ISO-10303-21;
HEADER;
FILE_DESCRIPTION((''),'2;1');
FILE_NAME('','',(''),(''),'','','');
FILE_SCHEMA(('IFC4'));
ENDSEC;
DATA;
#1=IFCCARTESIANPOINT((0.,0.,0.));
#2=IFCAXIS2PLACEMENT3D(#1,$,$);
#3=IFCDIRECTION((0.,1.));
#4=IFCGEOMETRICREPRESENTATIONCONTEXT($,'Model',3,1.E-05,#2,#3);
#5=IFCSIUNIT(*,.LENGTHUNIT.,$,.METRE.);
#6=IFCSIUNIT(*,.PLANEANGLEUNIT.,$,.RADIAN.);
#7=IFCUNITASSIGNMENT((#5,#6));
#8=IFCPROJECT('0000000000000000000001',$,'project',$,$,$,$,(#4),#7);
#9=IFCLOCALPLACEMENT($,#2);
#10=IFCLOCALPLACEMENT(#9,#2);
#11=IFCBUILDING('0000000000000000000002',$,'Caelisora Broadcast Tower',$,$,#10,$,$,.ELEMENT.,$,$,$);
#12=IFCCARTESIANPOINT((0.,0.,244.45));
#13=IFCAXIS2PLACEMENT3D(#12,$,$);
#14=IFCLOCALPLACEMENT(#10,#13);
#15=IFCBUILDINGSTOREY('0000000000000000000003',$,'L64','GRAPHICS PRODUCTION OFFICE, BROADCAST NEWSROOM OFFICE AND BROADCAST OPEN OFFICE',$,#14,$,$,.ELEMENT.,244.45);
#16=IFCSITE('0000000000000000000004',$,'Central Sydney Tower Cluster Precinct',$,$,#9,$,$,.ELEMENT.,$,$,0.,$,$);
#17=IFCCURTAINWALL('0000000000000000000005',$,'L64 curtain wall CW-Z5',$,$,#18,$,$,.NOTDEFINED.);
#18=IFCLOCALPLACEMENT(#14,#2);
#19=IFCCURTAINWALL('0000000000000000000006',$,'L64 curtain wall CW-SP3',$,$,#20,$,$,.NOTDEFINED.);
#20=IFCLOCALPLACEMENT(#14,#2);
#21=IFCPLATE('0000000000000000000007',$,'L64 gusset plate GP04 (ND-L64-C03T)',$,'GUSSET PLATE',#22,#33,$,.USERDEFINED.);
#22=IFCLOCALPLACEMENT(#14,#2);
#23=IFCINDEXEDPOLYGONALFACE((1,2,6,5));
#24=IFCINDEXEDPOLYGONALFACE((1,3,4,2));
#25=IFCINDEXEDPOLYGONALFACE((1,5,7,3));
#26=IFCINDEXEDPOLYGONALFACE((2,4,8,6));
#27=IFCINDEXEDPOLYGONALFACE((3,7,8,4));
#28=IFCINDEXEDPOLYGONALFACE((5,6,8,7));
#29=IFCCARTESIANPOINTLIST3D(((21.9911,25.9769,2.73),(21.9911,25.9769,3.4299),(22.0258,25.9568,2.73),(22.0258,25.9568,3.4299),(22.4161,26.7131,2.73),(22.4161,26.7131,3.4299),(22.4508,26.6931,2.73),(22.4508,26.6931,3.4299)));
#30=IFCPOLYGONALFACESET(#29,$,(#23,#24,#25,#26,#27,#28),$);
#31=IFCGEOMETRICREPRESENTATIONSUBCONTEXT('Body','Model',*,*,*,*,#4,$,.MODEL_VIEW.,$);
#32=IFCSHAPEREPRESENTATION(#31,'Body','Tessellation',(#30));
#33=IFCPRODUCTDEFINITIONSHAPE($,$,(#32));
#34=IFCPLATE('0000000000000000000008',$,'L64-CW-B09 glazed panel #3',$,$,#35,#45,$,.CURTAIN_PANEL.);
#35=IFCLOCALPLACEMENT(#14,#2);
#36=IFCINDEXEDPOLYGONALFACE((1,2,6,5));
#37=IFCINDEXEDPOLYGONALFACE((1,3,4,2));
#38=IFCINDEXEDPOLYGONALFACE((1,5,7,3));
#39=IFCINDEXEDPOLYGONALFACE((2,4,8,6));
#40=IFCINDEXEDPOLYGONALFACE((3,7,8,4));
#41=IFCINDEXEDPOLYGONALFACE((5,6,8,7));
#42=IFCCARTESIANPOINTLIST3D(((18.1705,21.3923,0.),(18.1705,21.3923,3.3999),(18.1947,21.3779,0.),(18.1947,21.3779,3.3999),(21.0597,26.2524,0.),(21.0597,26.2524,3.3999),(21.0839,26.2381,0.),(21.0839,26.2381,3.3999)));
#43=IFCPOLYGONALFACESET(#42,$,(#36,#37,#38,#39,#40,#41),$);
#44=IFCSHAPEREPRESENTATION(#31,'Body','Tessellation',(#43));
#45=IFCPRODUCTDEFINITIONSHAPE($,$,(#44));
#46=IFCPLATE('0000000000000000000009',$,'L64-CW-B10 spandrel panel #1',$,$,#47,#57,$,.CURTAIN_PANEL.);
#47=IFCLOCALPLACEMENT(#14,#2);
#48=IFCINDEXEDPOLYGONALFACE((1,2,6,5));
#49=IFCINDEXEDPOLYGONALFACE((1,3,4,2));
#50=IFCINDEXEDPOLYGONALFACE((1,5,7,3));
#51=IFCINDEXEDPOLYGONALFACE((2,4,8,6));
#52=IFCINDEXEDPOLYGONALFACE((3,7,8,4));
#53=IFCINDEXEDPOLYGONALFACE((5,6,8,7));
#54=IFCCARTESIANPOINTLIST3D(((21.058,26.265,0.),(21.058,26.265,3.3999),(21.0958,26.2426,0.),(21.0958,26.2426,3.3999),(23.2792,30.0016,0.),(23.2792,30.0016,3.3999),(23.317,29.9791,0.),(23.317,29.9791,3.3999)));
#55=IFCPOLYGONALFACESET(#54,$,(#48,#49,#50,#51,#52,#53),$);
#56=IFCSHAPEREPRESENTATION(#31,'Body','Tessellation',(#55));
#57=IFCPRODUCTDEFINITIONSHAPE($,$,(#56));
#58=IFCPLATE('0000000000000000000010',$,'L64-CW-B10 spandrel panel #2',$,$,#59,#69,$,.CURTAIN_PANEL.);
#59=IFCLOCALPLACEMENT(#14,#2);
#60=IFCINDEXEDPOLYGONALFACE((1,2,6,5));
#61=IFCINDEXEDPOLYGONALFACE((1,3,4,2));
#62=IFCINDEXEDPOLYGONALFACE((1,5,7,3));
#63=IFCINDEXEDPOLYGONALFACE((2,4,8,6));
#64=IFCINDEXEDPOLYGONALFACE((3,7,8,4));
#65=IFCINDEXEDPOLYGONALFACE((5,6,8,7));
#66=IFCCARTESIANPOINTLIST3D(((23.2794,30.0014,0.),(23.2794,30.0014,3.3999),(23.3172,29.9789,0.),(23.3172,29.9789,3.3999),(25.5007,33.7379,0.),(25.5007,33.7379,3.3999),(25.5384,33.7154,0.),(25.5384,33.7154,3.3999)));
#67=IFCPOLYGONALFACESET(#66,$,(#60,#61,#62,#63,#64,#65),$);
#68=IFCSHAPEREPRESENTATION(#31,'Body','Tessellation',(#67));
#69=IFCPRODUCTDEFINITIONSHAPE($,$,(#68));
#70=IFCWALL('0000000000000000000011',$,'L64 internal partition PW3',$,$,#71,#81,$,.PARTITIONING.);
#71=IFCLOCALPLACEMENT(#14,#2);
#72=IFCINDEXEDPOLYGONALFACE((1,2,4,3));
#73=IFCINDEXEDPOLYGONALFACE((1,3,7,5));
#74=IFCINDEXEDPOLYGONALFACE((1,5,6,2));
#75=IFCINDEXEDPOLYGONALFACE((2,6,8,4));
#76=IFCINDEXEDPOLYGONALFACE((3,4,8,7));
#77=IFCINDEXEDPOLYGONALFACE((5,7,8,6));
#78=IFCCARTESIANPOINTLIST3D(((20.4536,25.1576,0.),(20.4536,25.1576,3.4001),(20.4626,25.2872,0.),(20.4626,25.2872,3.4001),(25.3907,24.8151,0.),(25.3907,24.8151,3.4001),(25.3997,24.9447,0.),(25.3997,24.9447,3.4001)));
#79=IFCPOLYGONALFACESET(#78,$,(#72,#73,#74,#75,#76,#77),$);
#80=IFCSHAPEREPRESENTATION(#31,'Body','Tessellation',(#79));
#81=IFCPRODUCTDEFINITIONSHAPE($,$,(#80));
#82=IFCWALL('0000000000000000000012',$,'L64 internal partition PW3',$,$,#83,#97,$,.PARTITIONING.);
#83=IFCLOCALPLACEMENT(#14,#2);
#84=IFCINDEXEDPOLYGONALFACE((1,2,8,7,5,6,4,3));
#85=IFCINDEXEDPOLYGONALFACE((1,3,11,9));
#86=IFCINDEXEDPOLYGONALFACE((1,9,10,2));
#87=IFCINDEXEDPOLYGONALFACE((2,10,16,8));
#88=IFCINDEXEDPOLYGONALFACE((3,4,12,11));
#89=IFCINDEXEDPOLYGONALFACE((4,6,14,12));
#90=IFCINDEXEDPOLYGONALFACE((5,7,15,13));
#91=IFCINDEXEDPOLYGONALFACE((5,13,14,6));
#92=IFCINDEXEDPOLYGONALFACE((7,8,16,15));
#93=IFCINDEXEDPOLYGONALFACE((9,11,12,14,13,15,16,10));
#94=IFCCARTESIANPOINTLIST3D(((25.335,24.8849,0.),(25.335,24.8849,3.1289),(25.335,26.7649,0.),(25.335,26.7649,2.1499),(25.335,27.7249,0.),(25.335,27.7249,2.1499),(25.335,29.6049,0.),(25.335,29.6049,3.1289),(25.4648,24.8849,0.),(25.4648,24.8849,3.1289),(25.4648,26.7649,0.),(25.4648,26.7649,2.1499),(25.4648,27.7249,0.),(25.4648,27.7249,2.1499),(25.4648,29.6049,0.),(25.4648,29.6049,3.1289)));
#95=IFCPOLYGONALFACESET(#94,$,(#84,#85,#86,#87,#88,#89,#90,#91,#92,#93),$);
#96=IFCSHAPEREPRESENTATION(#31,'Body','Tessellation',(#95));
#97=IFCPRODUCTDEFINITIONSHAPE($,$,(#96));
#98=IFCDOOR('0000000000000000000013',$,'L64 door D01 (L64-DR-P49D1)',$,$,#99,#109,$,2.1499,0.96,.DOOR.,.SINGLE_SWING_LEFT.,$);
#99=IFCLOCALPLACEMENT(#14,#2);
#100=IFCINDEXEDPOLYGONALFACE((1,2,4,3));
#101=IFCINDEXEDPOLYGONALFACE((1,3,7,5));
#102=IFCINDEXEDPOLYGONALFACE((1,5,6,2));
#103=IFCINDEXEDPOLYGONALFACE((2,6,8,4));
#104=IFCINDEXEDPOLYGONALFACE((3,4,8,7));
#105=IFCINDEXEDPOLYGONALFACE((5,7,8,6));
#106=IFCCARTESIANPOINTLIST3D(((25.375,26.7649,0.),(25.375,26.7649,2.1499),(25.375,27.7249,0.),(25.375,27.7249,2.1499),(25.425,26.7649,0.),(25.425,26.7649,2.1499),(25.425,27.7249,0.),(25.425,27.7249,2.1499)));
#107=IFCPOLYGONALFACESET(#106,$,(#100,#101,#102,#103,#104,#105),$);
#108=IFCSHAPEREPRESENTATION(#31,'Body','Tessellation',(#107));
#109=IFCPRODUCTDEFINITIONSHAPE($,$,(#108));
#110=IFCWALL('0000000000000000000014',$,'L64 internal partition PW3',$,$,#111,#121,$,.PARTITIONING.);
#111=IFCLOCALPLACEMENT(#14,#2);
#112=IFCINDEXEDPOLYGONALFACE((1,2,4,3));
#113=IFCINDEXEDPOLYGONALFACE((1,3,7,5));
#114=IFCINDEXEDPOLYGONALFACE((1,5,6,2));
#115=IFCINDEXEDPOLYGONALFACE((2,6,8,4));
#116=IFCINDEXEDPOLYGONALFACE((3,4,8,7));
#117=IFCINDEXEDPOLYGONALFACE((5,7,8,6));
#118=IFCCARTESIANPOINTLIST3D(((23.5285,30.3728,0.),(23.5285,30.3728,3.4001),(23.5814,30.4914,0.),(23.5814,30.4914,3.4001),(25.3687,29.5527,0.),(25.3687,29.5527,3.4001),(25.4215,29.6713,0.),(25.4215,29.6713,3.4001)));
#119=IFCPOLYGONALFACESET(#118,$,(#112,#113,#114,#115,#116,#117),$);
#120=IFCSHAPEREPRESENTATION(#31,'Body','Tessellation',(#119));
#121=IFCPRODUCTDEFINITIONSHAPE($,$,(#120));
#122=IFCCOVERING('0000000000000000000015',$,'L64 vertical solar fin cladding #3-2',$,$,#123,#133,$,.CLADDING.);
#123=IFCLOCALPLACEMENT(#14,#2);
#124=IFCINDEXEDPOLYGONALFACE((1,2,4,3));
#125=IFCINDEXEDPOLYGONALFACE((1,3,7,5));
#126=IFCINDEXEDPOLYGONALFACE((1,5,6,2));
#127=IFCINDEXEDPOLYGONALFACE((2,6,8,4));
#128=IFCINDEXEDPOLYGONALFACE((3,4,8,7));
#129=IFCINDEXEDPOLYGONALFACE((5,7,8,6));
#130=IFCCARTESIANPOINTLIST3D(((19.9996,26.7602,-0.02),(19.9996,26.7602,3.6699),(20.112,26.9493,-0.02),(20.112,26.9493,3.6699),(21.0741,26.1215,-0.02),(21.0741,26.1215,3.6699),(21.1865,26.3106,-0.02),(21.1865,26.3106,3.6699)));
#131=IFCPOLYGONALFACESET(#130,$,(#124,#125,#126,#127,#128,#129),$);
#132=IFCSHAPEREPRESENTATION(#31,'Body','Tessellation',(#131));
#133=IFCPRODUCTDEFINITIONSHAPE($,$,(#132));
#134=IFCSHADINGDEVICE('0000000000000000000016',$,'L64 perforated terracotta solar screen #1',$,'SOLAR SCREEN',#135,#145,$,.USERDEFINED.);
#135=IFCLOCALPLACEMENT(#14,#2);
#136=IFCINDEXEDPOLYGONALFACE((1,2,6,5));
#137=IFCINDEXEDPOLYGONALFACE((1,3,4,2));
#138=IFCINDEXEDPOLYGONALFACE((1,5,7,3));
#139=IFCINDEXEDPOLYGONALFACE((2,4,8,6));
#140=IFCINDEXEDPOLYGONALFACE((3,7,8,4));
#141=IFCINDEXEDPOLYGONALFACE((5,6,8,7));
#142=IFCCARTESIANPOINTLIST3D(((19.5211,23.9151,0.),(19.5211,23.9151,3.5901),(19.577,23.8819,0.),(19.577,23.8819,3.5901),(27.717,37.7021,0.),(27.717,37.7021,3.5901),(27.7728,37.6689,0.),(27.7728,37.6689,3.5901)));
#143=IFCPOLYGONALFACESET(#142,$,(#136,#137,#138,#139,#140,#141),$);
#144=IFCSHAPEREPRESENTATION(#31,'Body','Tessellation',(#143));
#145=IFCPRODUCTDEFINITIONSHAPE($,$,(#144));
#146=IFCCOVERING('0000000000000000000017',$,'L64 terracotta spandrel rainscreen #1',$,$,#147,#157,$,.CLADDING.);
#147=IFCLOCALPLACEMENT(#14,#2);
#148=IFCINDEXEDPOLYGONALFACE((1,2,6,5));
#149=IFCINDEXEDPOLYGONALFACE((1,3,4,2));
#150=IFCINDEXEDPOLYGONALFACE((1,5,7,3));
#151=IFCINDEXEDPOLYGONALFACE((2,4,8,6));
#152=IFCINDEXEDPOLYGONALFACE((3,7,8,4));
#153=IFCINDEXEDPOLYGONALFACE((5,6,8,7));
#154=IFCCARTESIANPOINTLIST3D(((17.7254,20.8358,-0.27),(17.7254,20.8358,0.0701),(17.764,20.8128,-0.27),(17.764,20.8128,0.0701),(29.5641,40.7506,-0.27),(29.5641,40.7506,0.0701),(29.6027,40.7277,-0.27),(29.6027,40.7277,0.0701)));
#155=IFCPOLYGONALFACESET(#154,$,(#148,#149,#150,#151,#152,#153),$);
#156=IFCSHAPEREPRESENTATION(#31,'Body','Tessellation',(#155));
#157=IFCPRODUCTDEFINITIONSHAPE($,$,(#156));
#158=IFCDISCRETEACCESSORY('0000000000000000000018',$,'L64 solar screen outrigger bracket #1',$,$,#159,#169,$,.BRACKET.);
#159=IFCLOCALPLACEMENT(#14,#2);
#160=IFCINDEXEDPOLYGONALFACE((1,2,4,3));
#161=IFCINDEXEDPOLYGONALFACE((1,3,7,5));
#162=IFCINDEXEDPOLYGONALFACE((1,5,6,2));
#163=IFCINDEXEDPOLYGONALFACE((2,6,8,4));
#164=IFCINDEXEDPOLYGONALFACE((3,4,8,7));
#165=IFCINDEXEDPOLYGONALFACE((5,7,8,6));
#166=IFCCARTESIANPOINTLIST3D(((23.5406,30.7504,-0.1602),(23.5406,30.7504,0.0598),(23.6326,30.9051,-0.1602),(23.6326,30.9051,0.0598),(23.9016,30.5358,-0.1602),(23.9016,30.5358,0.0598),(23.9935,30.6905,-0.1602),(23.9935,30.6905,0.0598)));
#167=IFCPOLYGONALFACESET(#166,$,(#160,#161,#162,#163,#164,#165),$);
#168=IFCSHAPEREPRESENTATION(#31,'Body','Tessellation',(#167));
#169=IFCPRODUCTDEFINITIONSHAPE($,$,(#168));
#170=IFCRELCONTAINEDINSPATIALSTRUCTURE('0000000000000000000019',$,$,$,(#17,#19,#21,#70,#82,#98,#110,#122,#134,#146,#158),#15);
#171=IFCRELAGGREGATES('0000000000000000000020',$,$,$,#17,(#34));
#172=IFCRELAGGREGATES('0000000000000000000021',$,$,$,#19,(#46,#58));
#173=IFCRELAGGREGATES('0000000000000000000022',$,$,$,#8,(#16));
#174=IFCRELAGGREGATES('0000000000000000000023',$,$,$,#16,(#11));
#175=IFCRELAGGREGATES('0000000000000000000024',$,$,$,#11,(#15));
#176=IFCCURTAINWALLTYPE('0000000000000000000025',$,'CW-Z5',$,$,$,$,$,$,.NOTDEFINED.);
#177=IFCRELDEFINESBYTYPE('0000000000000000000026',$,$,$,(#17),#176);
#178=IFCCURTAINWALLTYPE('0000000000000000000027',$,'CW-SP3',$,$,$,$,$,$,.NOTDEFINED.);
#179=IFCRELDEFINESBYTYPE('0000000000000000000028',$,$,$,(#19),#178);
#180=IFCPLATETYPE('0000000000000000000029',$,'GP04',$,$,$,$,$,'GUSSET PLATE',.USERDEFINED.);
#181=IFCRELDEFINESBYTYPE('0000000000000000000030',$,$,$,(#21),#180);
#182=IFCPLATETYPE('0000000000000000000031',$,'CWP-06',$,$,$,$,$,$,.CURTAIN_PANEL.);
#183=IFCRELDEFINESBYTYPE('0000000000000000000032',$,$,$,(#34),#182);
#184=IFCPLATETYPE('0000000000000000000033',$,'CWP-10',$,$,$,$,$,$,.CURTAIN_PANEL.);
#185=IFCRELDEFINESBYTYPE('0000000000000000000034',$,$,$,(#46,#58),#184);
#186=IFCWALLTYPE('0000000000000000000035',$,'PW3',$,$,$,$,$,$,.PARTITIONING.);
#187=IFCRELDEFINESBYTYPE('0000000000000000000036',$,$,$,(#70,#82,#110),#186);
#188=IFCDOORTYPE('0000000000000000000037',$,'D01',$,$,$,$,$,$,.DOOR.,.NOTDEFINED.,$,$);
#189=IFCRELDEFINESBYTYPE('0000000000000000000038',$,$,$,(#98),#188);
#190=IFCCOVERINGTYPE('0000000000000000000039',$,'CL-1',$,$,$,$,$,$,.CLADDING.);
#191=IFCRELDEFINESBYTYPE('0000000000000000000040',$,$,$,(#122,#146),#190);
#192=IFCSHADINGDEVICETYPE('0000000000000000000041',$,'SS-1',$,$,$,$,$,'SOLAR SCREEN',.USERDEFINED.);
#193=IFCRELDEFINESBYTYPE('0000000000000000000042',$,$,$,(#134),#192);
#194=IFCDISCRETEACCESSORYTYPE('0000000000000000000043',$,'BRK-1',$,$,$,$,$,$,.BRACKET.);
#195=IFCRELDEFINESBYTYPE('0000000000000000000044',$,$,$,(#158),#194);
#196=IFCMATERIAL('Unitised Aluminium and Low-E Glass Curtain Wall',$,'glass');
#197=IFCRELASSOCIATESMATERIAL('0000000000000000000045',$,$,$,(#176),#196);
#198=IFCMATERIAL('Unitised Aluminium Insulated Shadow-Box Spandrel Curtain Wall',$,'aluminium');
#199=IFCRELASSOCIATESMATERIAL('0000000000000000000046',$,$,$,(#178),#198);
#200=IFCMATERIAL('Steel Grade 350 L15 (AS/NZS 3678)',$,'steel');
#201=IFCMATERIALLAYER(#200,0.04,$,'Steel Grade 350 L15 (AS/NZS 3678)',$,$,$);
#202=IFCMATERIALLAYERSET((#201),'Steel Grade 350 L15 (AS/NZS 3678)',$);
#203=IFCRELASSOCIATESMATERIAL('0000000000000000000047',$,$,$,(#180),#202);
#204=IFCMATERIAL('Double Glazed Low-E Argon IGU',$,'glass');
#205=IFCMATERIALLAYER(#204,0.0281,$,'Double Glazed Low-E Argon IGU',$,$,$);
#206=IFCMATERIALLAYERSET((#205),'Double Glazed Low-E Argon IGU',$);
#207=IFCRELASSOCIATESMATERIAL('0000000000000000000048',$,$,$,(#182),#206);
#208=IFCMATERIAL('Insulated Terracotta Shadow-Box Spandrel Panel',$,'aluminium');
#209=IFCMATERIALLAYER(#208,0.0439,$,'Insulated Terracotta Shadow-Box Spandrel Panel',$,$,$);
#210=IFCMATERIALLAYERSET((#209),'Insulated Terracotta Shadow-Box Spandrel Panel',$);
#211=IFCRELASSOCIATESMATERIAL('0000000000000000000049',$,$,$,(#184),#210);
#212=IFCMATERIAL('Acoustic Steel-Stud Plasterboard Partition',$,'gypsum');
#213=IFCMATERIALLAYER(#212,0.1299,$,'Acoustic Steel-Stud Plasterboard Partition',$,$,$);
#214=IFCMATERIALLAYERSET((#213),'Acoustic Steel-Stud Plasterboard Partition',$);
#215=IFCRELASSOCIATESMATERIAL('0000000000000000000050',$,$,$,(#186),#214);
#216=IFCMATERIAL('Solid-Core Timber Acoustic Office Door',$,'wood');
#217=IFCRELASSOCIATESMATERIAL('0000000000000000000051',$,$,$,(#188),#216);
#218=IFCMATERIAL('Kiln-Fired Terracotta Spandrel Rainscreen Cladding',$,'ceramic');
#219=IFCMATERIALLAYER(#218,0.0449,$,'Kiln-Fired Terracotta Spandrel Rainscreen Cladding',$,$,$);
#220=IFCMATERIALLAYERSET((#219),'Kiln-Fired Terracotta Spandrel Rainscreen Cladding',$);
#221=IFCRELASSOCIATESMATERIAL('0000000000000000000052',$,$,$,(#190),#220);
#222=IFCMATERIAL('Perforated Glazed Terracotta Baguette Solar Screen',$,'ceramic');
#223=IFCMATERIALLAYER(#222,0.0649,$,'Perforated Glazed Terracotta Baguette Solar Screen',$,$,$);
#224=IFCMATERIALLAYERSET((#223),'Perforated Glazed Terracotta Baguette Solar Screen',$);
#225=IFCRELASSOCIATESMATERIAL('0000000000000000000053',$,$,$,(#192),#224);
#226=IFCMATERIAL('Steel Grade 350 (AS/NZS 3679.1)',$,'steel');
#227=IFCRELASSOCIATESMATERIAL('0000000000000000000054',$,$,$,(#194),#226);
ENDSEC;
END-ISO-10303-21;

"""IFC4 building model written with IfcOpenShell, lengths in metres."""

from ifc_helpers import new_model, si_unit, direction, frame, frame_2d, origin, origin_2d, place, context, subcontext, project, spatial, rectangle, extrude, source, transform, mapped, material, layer, layer_set, type_object, type_shapes, element, fill, aggregate, save


model = new_model("IFC4")

# Units and contexts
model_context = context("Model", 3, precision=1e-05, world=origin(), true_north=direction((0.0, 1.0)))
body_context = subcontext(model_context, "Body", "Model", "MODEL_VIEW")
ifc_project = project(units=[si_unit("LENGTHUNIT", "METRE"), si_unit("PLANEANGLEUNIT", "RADIAN")], contexts=[model_context])

# Site, building, storey
site_placement = place(None, origin())
site = spatial("IfcSite", under=ifc_project, at=site_placement, Name="Central Sydney Tower Cluster Precinct", CompositionType="ELEMENT", RefElevation=0.0)
building_placement = place(site_placement, origin())
building = spatial("IfcBuilding", under=site, at=building_placement, Name="Caelisora Broadcast Tower", CompositionType="ELEMENT")
storey_placement = place(building_placement, frame((0.0, 0.0, 244.45)))
storey = spatial("IfcBuildingStorey", under=building, at=storey_placement, Name="L64", Description="GRAPHICS PRODUCTION OFFICE, BROADCAST NEWSROOM OFFICE AND BROADCAST OPEN OFFICE", CompositionType="ELEMENT", Elevation=244.45)

# Shared definitions
ifc_material_1 = material(Name="Steel Grade 350 L15 (AS/NZS 3678)", Category="steel")

# Shared definitions
ifc_material_2 = material(Name="Steel Grade 350 (AS/NZS 3679.1)", Category="steel")

# Curtain wall
ifc_material_3 = material(Name="Unitised Aluminium and Low-E Glass Curtain Wall", Category="glass")
curtain_wall_type_1 = type_object("IfcCurtainWallType", Name="CW-Z5", PredefinedType="NOTDEFINED", material=ifc_material_3)
curtain_wall_1_placement = place(storey_placement, origin())
curtain_wall_1 = element("IfcCurtainWall", 1, at=curtain_wall_1_placement, inside=storey, type_object=curtain_wall_type_1, Name="L64 curtain wall CW-Z5", PredefinedType="NOTDEFINED")

# Curtain wall
ifc_material_4 = material(Name="Unitised Aluminium Insulated Shadow-Box Spandrel Curtain Wall", Category="aluminium")
curtain_wall_type_2 = type_object("IfcCurtainWallType", Name="CW-SP3", PredefinedType="NOTDEFINED", material=ifc_material_4)
curtain_wall_2_placement = place(storey_placement, origin())
curtain_wall_2 = element("IfcCurtainWall", 2, at=curtain_wall_2_placement, inside=storey, type_object=curtain_wall_type_2, Name="L64 curtain wall CW-SP3", PredefinedType="NOTDEFINED")

# Plates
ifc_layer_1 = layer(ifc_material_1, 0.04, Name="Steel Grade 350 L15 (AS/NZS 3678)")
ifc_layer_set_1 = layer_set([ifc_layer_1], Name="Steel Grade 350 L15 (AS/NZS 3678)")
plate_type_1 = type_object("IfcPlateType", Name="GP04", ElementType="GUSSET PLATE", PredefinedType="USERDEFINED", material=ifc_layer_set_1)
shared_shape_1 = source(origin(), body_context, "Body", "SweptSolid", [
    extrude(rectangle(XDim=0.8501, YDim=0.04, at=origin_2d()), origin(), (0.0, 0.0, 1.0), 0.7),
])
type_shapes(plate_type_1, [shared_shape_1])
plate_1_placement = place(storey_placement, frame((22.2209, 26.335, 2.73), z_axis=(0.0, 0.0, 1.0), x_axis=(-0.5, -0.866025, 0.0)))
element("IfcPlate", 3, at=plate_1_placement, inside=storey, type_object=plate_type_1, Name="L64 gusset plate GP04 (ND-L64-C03T)", ObjectType="GUSSET PLATE", PredefinedType="USERDEFINED", context=body_context, shape_type="MappedRepresentation", body=[
    mapped(shared_shape_1, transform((0.0, 0.0, 0.0), scale=1.0)),
])
ifc_material_5 = material(Name="Double Glazed Low-E Argon IGU", Category="glass")
ifc_layer_2 = layer(ifc_material_5, 0.0281, Name="Double Glazed Low-E Argon IGU")
ifc_layer_set_2 = layer_set([ifc_layer_2], Name="Double Glazed Low-E Argon IGU")
plate_type_2 = type_object("IfcPlateType", Name="CWP-06", PredefinedType="CURTAIN_PANEL", material=ifc_layer_set_2)
shared_shape_2 = source(origin(), body_context, "Body", "SweptSolid", [
    extrude(rectangle(XDim=5.6541, YDim=0.0281, at=origin_2d()), origin(), (0.0, 0.0, 1.0), 3.3999),
])
type_shapes(plate_type_2, [shared_shape_2])
plate_2_placement = place(storey_placement, frame((19.6272, 23.8152, 0.0), z_axis=(0.0, 0.0, 1.0), x_axis=(0.510993, 0.859585, 0.0)))
plate_2 = element("IfcPlate", 4, at=plate_2_placement, type_object=plate_type_2, Name="L64-CW-B09 glazed panel #3", PredefinedType="CURTAIN_PANEL", context=body_context, shape_type="MappedRepresentation", body=[
    mapped(shared_shape_2, transform((0.0, 0.0, 0.0), scale=1.0)),
])
aggregate(curtain_wall_1, [plate_2])
ifc_material_6 = material(Name="Insulated Terracotta Shadow-Box Spandrel Panel", Category="aluminium")
ifc_layer_3 = layer(ifc_material_6, 0.0439, Name="Insulated Terracotta Shadow-Box Spandrel Panel")
ifc_layer_set_3 = layer_set([ifc_layer_3], Name="Insulated Terracotta Shadow-Box Spandrel Panel")
plate_type_3 = type_object("IfcPlateType", Name="CWP-10", PredefinedType="CURTAIN_PANEL", material=ifc_layer_set_3)
shared_shape_3 = source(origin(), body_context, "Body", "SweptSolid", [
    extrude(rectangle(XDim=4.3469, YDim=0.0439, at=origin_2d()), origin(), (0.0, 0.0, 1.0), 3.3999),
])
type_shapes(plate_type_3, [shared_shape_3])
plate_3_placement = place(storey_placement, frame((22.1875, 28.1221, 0.0), z_axis=(0.0, 0.0, 1.0), x_axis=(0.510993, 0.859585, 0.0)))
plate_3 = element("IfcPlate", 5, at=plate_3_placement, type_object=plate_type_3, Name="L64-CW-B10 spandrel panel #1", PredefinedType="CURTAIN_PANEL", context=body_context, shape_type="MappedRepresentation", body=[
    mapped(shared_shape_3, transform((0.0, 0.0, 0.0), scale=1.0)),
])
plate_4_placement = place(storey_placement, frame((24.4089, 31.8584, 0.0), z_axis=(0.0, 0.0, 1.0), x_axis=(0.510993, 0.859585, 0.0)))
plate_4 = element("IfcPlate", 6, at=plate_4_placement, type_object=plate_type_3, Name="L64-CW-B10 spandrel panel #2", PredefinedType="CURTAIN_PANEL", context=body_context, shape_type="MappedRepresentation", body=[
    mapped(shared_shape_3, transform((0.0, 0.0, 0.0), scale=1.0)),
])
aggregate(curtain_wall_2, [plate_3, plate_4])

# Wall
ifc_material_7 = material(Name="Acoustic Steel-Stud Plasterboard Partition", Category="gypsum")
ifc_layer_4 = layer(ifc_material_7, 0.1299, Name="Acoustic Steel-Stud Plasterboard Partition")
ifc_layer_set_4 = layer_set([ifc_layer_4], Name="Acoustic Steel-Stud Plasterboard Partition")
wall_type = type_object("IfcWallType", Name="PW3", PredefinedType="PARTITIONING", material=ifc_layer_set_4)
wall_1_placement = place(storey_placement, frame((20.458, 25.2224, 0.0), z_axis=(0.0, 0.0, 1.0), x_axis=(0.997602, -0.069214, 0.0)))
element("IfcWall", 7, at=wall_1_placement, inside=storey, type_object=wall_type, Name="L64 internal partition PW3", PredefinedType="PARTITIONING", context=body_context, shape_type="SweptSolid", body=[
    extrude(rectangle(XDim=4.949, YDim=0.1299, at=frame_2d((2.4746, 0.0))), origin(), (0.0, 0.0, 1.0), 3.4001),
])

# Wall, opening, door
wall_2_placement = place(storey_placement, frame((25.3999, 24.885, 0.0), z_axis=(0.0, 0.0, 1.0), x_axis=(0.0, 1.0, 0.0)))
wall_2 = element("IfcWall", 8, at=wall_2_placement, inside=storey, type_object=wall_type, Name="L64 internal partition PW3", PredefinedType="PARTITIONING", context=body_context, shape_type="SweptSolid", body=[
    extrude(rectangle(XDim=4.72, YDim=0.1299, at=frame_2d((2.3599, 0.0))), origin(), (0.0, 0.0, 1.0), 3.1289),
])
opening_placement = place(wall_2_placement, frame((1.8799, 0.0, 0.0)))
opening = element("IfcOpeningElement", 9, at=opening_placement, cuts=wall_2, PredefinedType="OPENING", context=body_context, shape_type="SweptSolid", body=[
    extrude(rectangle(XDim=0.96, YDim=2.1499, at=frame_2d((0.48, 1.075))), frame((0.0, 0.0769, 0.0), z_axis=(0.0, -1.0, 0.0), x_axis=(1.0, 0.0, 0.0)), (0.0, 0.0, 1.0), 0.1538),
])
ifc_material_8 = material(Name="Solid-Core Timber Acoustic Office Door", Category="wood")
door_type = type_object("IfcDoorType", Name="D01", OperationType="NOTDEFINED", PredefinedType="DOOR", material=ifc_material_8)
door_placement = place(opening_placement, origin())
door = element("IfcDoor", 10, at=door_placement, inside=storey, type_object=door_type, Name="L64 door D01 (L64-DR-P49D1)", OperationType="SINGLE_SWING_LEFT", OverallHeight=2.1499, OverallWidth=0.96, PredefinedType="DOOR", context=body_context, shape_type="SweptSolid", body=[
    extrude(rectangle(XDim=0.96, YDim=2.1499, at=frame_2d((0.48, 1.075))), frame((0.0, 0.0249, 0.0), z_axis=(0.0, -1.0, 0.0), x_axis=(1.0, 0.0, 0.0)), (0.0, 0.0, 1.0), 0.05),
])
fill(opening, door)

# Wall
wall_3_placement = place(storey_placement, frame((23.5549, 30.4321, 0.0), z_axis=(0.0, 0.0, 1.0), x_axis=(0.913396, -0.407072, 0.0)))
element("IfcWall", 11, at=wall_3_placement, inside=storey, type_object=wall_type, Name="L64 internal partition PW3", PredefinedType="PARTITIONING", context=body_context, shape_type="SweptSolid", body=[
    extrude(rectangle(XDim=2.0146, YDim=0.1299, at=frame_2d((1.0073, 0.0))), origin(), (0.0, 0.0, 1.0), 3.4001),
])

# Covering
ifc_material_9 = material(Name="Kiln-Fired Terracotta Spandrel Rainscreen Cladding", Category="ceramic")
ifc_layer_5 = layer(ifc_material_9, 0.0449, Name="Kiln-Fired Terracotta Spandrel Rainscreen Cladding")
ifc_layer_set_5 = layer_set([ifc_layer_5], Name="Kiln-Fired Terracotta Spandrel Rainscreen Cladding")
covering_type = type_object("IfcCoveringType", Name="CL-1", PredefinedType="CLADDING", material=ifc_layer_set_5)
shared_shape_4 = source(origin(), body_context, "Body", "SweptSolid", [
    extrude(rectangle(XDim=0.22, YDim=1.25, at=origin_2d()), origin(), (0.0, 0.0, 1.0), 3.6899),
])
covering_1_placement = place(storey_placement, frame((20.593, 26.5354, -0.02), z_axis=(0.0, 0.0, 1.0), x_axis=(0.510993, 0.859585, 0.0)))
element("IfcCovering", 12, at=covering_1_placement, inside=storey, type_object=covering_type, Name="L64 vertical solar fin cladding #3-2", PredefinedType="CLADDING", context=body_context, shape_type="MappedRepresentation", body=[
    mapped(shared_shape_4, transform((0.0, 0.0, 0.0), scale=1.0)),
])

# Shading device
ifc_material_10 = material(Name="Perforated Glazed Terracotta Baguette Solar Screen", Category="ceramic")
ifc_layer_6 = layer(ifc_material_10, 0.0649, Name="Perforated Glazed Terracotta Baguette Solar Screen")
ifc_layer_set_6 = layer_set([ifc_layer_6], Name="Perforated Glazed Terracotta Baguette Solar Screen")
shading_device_type = type_object("IfcShadingDeviceType", Name="SS-1", ElementType="SOLAR SCREEN", PredefinedType="USERDEFINED", material=ifc_layer_set_6)
shared_shape_5 = source(origin(), body_context, "Body", "SweptSolid", [
    extrude(rectangle(XDim=16.0391, YDim=0.0649, at=origin_2d()), origin(), (0.0, 0.0, 1.0), 3.5901),
])
type_shapes(shading_device_type, [shared_shape_5])
shading_device_placement = place(storey_placement, frame((23.647, 30.792, 0.0), z_axis=(0.0, 0.0, 1.0), x_axis=(-0.510993, -0.859585, 0.0)))
element("IfcShadingDevice", 13, at=shading_device_placement, inside=storey, type_object=shading_device_type, Name="L64 perforated terracotta solar screen #1", ObjectType="SOLAR SCREEN", PredefinedType="USERDEFINED", context=body_context, shape_type="MappedRepresentation", body=[
    mapped(shared_shape_5, transform((0.0, 0.0, 0.0), scale=1.0)),
])

# Covering
shared_shape_6 = source(origin(), body_context, "Body", "SweptSolid", [
    extrude(rectangle(XDim=23.168, YDim=0.0449, at=origin_2d()), origin(), (0.0, 0.0, 1.0), 0.3401),
])
type_shapes(covering_type, [shared_shape_4, shared_shape_6])
covering_2_placement = place(storey_placement, frame((23.6641, 30.7817, -0.27), z_axis=(0.0, 0.0, 1.0), x_axis=(-0.510993, -0.859585, 0.0)))
element("IfcCovering", 14, at=covering_2_placement, inside=storey, type_object=covering_type, Name="L64 terracotta spandrel rainscreen #1", PredefinedType="CLADDING", context=body_context, shape_type="MappedRepresentation", body=[
    mapped(shared_shape_6, transform((0.0, 0.0, 0.0), scale=1.0)),
])

# Discrete accessory
discrete_accessory_type = type_object("IfcDiscreteAccessoryType", Name="BRK-1", PredefinedType="BRACKET", material=ifc_material_2)
shared_shape_7 = source(origin(), body_context, "Body", "SweptSolid", [
    extrude(rectangle(XDim=0.1799, YDim=0.4199, at=origin_2d()), origin(), (0.0, 0.0, 1.0), 0.22),
])
type_shapes(discrete_accessory_type, [shared_shape_7])
discrete_accessory_placement = place(storey_placement, frame((23.7671, 30.7205, -0.1602), z_axis=(0.0, 0.0, 1.0), x_axis=(-0.510993, -0.859585, 0.0)))
element("IfcDiscreteAccessory", 15, at=discrete_accessory_placement, inside=storey, type_object=discrete_accessory_type, Name="L64 solar screen outrigger bracket #1", PredefinedType="BRACKET", context=body_context, shape_type="MappedRepresentation", body=[
    mapped(shared_shape_7, transform((0.0, 0.0, 0.0), scale=1.0)),
])

save(model, "model.ifc")
